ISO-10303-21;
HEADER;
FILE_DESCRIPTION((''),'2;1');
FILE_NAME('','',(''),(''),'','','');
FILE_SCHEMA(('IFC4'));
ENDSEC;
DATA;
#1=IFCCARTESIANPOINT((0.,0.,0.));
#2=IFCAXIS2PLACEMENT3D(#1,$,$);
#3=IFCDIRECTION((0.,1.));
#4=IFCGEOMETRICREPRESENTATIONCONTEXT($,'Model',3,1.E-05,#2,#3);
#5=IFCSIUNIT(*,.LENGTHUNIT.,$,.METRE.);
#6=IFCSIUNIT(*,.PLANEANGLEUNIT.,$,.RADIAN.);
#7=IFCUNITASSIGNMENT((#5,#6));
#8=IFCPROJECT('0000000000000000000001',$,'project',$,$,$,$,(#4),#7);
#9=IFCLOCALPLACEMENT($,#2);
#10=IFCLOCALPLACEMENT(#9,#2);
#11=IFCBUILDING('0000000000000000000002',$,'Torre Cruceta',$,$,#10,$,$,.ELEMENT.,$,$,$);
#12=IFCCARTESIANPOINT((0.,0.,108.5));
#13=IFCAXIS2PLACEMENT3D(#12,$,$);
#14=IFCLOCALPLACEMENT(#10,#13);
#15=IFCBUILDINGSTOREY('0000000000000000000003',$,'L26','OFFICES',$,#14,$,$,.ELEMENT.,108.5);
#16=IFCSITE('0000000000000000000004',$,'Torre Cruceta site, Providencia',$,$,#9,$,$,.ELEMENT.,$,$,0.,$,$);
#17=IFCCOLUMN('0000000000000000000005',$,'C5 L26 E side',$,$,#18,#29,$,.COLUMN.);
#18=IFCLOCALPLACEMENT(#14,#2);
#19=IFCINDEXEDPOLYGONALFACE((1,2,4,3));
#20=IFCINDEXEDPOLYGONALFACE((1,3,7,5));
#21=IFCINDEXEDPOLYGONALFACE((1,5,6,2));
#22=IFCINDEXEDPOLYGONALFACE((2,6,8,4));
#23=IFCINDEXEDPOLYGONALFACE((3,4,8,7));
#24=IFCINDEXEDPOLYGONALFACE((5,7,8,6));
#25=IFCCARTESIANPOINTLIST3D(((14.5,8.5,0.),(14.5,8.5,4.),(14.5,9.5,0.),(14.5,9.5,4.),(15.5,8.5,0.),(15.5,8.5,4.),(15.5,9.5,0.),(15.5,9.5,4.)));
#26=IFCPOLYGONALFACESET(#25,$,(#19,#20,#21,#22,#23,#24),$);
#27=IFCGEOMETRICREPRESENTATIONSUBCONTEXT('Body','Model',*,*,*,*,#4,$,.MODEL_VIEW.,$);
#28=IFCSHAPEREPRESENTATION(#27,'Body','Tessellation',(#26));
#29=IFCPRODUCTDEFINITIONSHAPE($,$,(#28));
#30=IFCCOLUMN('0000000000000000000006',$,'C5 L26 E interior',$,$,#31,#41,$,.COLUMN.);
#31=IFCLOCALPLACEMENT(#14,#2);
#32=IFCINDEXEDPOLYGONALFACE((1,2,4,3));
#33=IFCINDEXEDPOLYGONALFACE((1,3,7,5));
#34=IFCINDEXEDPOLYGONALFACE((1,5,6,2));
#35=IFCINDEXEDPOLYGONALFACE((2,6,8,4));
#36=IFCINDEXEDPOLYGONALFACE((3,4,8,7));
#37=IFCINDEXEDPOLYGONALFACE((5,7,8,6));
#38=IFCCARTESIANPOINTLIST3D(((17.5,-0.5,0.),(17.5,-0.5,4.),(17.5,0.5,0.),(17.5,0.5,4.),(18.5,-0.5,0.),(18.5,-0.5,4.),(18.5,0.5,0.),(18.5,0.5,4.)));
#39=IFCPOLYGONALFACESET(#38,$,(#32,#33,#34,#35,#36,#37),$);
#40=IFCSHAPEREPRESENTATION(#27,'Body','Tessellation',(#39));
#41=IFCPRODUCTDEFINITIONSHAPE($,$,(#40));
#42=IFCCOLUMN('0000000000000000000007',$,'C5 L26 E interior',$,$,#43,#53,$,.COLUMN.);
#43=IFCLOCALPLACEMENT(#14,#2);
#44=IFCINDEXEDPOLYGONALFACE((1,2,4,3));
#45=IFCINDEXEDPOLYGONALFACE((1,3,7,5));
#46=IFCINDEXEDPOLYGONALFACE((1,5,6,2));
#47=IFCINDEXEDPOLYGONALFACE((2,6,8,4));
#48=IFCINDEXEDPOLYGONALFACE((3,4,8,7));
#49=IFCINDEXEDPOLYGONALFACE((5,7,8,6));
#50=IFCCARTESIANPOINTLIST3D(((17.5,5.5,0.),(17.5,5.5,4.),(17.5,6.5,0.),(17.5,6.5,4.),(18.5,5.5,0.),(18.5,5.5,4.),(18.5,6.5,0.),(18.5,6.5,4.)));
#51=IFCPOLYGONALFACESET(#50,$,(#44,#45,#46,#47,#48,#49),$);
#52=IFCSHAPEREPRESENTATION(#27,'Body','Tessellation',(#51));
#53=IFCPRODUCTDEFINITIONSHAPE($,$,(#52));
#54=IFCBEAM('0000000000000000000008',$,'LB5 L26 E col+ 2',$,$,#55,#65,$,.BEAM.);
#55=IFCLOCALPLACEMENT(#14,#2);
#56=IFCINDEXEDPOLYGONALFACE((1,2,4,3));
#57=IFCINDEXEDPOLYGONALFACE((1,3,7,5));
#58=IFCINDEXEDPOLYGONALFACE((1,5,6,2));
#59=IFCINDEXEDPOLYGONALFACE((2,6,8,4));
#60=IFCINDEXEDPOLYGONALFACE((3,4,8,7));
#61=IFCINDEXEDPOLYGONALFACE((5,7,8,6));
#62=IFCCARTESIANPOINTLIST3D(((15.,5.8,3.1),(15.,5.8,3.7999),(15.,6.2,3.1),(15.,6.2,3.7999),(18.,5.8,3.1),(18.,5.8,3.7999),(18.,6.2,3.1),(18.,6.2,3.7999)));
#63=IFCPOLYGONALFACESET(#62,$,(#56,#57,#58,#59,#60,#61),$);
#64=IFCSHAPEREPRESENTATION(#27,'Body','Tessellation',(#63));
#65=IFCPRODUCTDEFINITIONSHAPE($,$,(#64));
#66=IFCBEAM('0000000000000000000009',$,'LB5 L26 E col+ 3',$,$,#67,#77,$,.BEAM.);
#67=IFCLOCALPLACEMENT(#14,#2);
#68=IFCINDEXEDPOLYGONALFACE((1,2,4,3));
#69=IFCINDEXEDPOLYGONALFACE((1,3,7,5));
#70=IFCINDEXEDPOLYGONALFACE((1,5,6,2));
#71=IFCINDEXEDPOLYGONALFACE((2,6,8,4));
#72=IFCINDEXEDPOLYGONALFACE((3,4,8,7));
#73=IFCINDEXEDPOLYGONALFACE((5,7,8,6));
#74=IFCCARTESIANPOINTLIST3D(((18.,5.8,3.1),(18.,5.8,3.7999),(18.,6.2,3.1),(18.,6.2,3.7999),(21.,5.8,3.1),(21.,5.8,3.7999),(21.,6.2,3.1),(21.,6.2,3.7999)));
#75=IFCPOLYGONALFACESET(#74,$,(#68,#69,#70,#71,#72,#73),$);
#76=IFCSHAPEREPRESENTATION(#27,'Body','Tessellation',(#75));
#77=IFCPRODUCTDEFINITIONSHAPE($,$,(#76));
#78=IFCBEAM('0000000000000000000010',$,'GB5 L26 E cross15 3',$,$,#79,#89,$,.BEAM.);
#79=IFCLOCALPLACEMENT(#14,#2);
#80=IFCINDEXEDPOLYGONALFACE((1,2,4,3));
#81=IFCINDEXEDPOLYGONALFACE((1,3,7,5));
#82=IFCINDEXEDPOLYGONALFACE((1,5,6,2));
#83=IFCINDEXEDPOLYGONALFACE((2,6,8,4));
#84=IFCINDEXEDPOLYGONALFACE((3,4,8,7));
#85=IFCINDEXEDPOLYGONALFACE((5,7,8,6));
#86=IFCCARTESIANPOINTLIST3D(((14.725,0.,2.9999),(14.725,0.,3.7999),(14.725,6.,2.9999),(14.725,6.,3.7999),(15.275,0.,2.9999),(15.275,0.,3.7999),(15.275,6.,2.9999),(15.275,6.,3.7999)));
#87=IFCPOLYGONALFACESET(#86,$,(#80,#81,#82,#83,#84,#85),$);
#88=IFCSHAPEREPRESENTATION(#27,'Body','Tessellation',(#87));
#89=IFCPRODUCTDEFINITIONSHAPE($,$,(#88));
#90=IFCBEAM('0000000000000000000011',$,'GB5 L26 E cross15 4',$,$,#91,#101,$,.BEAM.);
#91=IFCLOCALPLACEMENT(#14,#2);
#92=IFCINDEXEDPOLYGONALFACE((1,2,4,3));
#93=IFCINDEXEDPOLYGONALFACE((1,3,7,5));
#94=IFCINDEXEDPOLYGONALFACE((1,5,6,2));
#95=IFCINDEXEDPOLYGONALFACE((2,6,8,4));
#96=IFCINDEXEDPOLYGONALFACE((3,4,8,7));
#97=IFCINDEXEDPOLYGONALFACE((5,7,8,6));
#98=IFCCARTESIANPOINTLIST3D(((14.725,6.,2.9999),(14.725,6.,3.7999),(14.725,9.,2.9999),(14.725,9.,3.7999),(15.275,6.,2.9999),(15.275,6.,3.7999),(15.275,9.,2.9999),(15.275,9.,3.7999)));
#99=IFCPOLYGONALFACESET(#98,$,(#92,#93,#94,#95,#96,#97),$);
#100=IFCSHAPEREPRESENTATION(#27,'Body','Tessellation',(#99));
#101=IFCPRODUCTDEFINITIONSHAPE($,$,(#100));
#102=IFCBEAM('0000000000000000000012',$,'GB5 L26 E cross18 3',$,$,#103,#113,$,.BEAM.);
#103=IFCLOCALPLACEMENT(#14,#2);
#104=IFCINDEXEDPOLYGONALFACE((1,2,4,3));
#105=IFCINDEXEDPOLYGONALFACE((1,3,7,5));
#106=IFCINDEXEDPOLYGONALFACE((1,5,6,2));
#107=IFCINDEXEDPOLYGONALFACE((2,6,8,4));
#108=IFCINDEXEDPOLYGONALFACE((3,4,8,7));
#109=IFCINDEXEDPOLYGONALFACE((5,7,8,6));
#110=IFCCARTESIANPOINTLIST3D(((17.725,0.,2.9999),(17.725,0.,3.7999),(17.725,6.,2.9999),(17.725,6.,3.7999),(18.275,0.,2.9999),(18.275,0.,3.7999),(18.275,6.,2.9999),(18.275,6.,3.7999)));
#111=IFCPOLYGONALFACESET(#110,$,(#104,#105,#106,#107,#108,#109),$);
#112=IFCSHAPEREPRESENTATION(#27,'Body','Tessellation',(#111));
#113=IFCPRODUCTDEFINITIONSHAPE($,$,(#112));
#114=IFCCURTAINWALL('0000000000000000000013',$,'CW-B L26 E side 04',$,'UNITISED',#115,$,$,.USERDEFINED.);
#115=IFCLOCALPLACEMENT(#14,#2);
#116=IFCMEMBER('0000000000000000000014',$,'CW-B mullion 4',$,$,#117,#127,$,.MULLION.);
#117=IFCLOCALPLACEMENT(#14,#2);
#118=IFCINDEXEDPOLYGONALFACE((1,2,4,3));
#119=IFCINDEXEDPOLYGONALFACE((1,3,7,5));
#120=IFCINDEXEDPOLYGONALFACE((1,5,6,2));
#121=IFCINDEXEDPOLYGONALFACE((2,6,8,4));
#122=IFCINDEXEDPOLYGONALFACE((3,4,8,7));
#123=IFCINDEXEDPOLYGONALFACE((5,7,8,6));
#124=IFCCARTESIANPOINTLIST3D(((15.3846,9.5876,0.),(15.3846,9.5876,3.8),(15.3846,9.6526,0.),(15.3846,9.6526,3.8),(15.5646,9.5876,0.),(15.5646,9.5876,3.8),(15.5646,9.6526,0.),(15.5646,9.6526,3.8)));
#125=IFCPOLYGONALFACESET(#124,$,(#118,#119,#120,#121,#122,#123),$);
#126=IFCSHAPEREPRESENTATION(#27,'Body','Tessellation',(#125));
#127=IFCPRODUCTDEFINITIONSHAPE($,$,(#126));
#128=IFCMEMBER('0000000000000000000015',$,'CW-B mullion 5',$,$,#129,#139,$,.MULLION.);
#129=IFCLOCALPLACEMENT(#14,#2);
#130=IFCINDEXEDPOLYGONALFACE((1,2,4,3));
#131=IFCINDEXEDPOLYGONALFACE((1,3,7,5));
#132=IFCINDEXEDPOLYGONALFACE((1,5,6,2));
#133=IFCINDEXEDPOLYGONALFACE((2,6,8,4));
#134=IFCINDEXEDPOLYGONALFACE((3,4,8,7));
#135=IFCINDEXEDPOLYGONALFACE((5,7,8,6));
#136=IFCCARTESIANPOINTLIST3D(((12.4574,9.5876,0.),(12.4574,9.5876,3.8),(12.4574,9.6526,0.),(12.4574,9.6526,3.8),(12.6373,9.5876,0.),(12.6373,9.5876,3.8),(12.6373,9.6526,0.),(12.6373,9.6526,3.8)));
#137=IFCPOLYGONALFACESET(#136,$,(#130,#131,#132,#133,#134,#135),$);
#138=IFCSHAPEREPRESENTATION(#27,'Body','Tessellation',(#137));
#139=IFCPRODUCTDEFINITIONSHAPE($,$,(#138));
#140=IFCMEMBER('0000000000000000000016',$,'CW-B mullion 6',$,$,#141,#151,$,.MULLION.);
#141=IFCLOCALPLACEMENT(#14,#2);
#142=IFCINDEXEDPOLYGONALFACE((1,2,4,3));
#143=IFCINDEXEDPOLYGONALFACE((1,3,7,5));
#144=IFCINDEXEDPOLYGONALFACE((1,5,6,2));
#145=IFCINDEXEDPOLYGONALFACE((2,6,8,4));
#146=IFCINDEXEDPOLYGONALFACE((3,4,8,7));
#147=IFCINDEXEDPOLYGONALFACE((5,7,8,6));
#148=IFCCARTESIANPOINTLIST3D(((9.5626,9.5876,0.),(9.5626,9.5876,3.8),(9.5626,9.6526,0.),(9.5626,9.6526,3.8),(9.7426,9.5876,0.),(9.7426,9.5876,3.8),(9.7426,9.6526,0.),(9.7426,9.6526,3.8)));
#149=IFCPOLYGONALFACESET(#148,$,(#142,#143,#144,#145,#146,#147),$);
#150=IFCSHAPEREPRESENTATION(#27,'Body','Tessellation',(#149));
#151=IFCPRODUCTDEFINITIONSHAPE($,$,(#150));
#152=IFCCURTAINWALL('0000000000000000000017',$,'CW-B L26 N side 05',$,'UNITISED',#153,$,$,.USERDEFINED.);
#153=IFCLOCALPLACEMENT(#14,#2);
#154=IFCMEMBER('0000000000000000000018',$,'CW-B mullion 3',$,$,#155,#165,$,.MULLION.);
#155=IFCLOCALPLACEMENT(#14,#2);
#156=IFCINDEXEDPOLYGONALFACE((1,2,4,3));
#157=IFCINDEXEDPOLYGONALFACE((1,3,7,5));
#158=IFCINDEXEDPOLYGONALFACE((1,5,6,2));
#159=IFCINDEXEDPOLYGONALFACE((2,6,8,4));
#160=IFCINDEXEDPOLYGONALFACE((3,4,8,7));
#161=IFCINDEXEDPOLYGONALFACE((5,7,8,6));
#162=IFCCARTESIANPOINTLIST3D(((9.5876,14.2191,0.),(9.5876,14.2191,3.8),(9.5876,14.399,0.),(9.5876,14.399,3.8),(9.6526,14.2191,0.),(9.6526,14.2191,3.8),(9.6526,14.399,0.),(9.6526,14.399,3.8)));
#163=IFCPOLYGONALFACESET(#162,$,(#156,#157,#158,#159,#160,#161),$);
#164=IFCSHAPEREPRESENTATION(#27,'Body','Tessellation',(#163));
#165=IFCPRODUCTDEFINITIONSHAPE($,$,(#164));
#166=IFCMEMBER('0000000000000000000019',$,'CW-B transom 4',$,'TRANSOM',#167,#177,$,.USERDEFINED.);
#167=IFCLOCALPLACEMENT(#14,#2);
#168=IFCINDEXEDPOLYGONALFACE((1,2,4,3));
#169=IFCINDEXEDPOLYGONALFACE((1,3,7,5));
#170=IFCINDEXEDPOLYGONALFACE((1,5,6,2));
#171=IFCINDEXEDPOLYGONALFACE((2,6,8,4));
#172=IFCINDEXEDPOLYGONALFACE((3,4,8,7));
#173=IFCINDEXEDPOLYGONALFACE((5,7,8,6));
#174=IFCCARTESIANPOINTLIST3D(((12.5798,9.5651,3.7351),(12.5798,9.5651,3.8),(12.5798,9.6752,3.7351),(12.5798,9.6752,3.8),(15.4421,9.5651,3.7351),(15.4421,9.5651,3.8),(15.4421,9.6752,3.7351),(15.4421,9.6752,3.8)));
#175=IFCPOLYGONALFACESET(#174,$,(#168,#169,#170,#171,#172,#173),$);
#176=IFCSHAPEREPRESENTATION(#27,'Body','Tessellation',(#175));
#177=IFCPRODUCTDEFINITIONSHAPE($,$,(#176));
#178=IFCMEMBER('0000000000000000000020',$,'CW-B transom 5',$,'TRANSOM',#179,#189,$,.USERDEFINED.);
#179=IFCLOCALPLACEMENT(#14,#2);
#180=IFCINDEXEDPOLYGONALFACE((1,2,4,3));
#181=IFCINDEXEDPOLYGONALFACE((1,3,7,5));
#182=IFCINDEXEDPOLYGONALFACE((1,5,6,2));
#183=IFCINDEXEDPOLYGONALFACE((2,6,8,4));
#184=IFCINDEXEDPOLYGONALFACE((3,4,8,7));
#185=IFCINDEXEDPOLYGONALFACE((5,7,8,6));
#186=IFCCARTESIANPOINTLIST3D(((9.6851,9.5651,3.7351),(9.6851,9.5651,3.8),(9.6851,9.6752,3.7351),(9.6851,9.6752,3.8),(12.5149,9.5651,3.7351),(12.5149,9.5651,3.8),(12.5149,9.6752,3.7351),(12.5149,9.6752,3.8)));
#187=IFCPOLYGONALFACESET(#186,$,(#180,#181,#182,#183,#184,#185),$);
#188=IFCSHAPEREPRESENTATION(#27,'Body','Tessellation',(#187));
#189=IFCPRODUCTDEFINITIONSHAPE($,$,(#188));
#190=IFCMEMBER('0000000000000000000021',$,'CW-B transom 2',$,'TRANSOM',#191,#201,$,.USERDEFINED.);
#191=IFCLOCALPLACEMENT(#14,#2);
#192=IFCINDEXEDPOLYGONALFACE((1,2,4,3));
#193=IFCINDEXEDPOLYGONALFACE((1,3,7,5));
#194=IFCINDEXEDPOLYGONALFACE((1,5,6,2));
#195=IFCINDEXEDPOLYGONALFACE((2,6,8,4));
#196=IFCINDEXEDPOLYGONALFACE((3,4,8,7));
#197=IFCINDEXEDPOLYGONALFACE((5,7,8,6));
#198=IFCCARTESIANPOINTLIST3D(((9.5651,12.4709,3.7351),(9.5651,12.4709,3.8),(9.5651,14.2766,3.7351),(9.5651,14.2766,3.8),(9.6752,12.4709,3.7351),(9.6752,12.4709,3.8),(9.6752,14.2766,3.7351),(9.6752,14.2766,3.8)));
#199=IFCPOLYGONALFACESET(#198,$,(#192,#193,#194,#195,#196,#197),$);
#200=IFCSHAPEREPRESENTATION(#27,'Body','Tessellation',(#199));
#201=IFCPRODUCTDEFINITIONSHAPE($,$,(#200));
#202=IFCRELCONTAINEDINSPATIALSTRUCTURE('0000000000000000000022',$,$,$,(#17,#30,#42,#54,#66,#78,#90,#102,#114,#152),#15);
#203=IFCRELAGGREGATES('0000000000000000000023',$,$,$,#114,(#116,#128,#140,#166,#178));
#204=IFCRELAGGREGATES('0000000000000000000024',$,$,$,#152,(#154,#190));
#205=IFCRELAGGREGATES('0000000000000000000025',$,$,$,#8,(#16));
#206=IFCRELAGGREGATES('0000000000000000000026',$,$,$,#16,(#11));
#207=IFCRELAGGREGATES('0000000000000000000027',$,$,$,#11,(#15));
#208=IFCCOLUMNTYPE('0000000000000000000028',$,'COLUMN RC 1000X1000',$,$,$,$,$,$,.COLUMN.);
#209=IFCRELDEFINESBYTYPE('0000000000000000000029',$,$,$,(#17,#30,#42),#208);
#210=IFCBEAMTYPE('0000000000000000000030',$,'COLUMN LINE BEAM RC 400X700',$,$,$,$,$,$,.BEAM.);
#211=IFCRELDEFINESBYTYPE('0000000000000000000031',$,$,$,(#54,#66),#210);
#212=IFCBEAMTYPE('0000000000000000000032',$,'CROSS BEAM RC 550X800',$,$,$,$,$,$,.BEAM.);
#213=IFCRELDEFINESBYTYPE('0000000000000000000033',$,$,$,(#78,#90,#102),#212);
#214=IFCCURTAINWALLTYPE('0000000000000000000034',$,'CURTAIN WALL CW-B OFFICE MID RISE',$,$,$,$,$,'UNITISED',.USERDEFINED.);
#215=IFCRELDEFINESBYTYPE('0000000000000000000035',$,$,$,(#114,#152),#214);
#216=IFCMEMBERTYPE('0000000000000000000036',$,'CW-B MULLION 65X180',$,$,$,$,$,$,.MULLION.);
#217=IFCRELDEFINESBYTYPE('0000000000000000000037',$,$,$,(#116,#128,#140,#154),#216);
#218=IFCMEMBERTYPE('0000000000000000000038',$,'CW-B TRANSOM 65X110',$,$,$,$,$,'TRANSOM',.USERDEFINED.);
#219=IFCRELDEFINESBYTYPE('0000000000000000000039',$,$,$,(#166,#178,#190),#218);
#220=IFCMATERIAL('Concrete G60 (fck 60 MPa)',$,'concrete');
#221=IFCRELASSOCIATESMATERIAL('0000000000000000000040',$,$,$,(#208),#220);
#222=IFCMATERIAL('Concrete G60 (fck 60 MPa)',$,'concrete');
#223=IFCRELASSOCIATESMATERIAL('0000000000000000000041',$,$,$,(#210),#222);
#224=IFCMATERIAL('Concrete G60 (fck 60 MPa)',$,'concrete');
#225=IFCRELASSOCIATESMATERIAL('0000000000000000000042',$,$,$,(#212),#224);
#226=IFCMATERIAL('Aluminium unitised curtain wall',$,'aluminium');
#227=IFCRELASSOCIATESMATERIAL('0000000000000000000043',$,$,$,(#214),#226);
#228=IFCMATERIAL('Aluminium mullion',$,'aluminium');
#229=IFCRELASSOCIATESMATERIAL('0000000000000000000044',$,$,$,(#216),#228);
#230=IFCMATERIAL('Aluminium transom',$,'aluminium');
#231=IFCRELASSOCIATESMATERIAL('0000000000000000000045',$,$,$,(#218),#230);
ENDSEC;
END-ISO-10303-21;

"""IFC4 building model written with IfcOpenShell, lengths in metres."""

from ifc_helpers import new_model, si_unit, direction, frame, origin, origin_2d, place, context, subcontext, project, spatial, rectangle, extrude, material, material_profile, profile_set, type_object, element, aggregate, save


model = new_model("IFC4")

# Units and contexts
model_context = context("Model", 3, precision=1e-05, world=origin(), true_north=direction((0.0, 1.0)))
body_context = subcontext(model_context, "Body", "Model", "MODEL_VIEW")
ifc_project = project(units=[si_unit("LENGTHUNIT", "METRE"), si_unit("PLANEANGLEUNIT", "RADIAN")], contexts=[model_context])

# Site, building, storey
site_placement = place(None, origin())
site = spatial("IfcSite", under=ifc_project, at=site_placement, Name="Torre Cruceta site, Providencia", CompositionType="ELEMENT", RefElevation=0.0)
building_placement = place(site_placement, origin())
building = spatial("IfcBuilding", under=site, at=building_placement, Name="Torre Cruceta", CompositionType="ELEMENT")
storey_placement = place(building_placement, frame((0.0, 0.0, 108.5)))
storey = spatial("IfcBuildingStorey", under=building, at=storey_placement, Name="L26", Description="OFFICES", CompositionType="ELEMENT", Elevation=108.5)

# Columns
ifc_material_1 = material(Name="Concrete G60 (fck 60 MPa)", Category="concrete")
ifc_material_profile_1 = material_profile(ifc_material_1, rectangle(XDim=1.0, YDim=1.0, at=origin_2d()), Name="RC 1000X1000")
ifc_profile_set_1 = profile_set([ifc_material_profile_1], Name="Concrete G60 (fck 60 MPa)")
column_type = type_object("IfcColumnType", Name="COLUMN RC 1000X1000", PredefinedType="COLUMN", material=ifc_profile_set_1)
for number, where, z_axis, x_axis, name in (
    (1, (15.0, 9.0, 0.0), (0.0, 0.0, 1.0), (1.0, 0.0, 0.0), "C5 L26 E side"),
    (2, (18.0, 0.0, 0.0), (0.0, 0.0, 1.0), (1.0, 0.0, 0.0), "C5 L26 E interior"),
    (3, (18.0, 6.0, 0.0), (0.0, 0.0, 1.0), (1.0, 0.0, 0.0), "C5 L26 E interior"),
):
    element("IfcColumn", number, at=place(storey_placement, frame(where, z_axis=z_axis, x_axis=x_axis)), inside=storey, type_object=column_type, Name=name, PredefinedType="COLUMN", context=body_context, shape_type="SweptSolid", body=[
        extrude(rectangle(XDim=1.0, YDim=1.0, at=origin_2d()), origin(), (0.0, 0.0, 1.0), 4.0),
    ])

# Beams
ifc_material_2 = material(Name="Concrete G60 (fck 60 MPa)", Category="concrete")
ifc_material_profile_2 = material_profile(ifc_material_2, rectangle(XDim=0.3999, YDim=0.7, at=origin_2d()), Name="RC 400X700")
ifc_profile_set_2 = profile_set([ifc_material_profile_2], Name="Concrete G60 (fck 60 MPa)")
beam_type_1 = type_object("IfcBeamType", Name="COLUMN LINE BEAM RC 400X700", PredefinedType="BEAM", material=ifc_profile_set_2)
for number, where, z_axis, x_axis, name in (
    (4, (15.0, 6.0, 3.45), (1.0, 0.0, 0.0), (0.0, 1.0, 0.0), "LB5 L26 E col+ 2"),
    (5, (18.0, 6.0, 3.45), (1.0, 0.0, 0.0), (0.0, 1.0, 0.0), "LB5 L26 E col+ 3"),
):
    element("IfcBeam", number, at=place(storey_placement, frame(where, z_axis=z_axis, x_axis=x_axis)), inside=storey, type_object=beam_type_1, Name=name, PredefinedType="BEAM", context=body_context, shape_type="SweptSolid", body=[
        extrude(rectangle(XDim=0.3999, YDim=0.7, at=origin_2d()), origin(), (0.0, 0.0, 1.0), 3.0),
    ])
ifc_material_3 = material(Name="Concrete G60 (fck 60 MPa)", Category="concrete")
ifc_material_profile_3 = material_profile(ifc_material_3, rectangle(XDim=0.55, YDim=0.8, at=origin_2d()), Name="RC 550X800")
ifc_profile_set_3 = profile_set([ifc_material_profile_3], Name="Concrete G60 (fck 60 MPa)")
beam_type_2 = type_object("IfcBeamType", Name="CROSS BEAM RC 550X800", PredefinedType="BEAM", material=ifc_profile_set_3)
beam_1_placement = place(storey_placement, frame((15.0, 0.0, 3.3999), z_axis=(0.0, 1.0, 0.0), x_axis=(-1.0, 0.0, 0.0)))
element("IfcBeam", 6, at=beam_1_placement, inside=storey, type_object=beam_type_2, Name="GB5 L26 E cross15 3", PredefinedType="BEAM", context=body_context, shape_type="SweptSolid", body=[
    extrude(rectangle(XDim=0.55, YDim=0.8, at=origin_2d()), origin(), (0.0, 0.0, 1.0), 6.0),
])
beam_2_placement = place(storey_placement, frame((15.0, 6.0, 3.3999), z_axis=(0.0, 1.0, 0.0), x_axis=(-1.0, 0.0, 0.0)))
element("IfcBeam", 7, at=beam_2_placement, inside=storey, type_object=beam_type_2, Name="GB5 L26 E cross15 4", PredefinedType="BEAM", context=body_context, shape_type="SweptSolid", body=[
    extrude(rectangle(XDim=0.55, YDim=0.8, at=origin_2d()), origin(), (0.0, 0.0, 1.0), 3.0),
])
beam_3_placement = place(storey_placement, frame((18.0, 0.0, 3.3999), z_axis=(0.0, 1.0, 0.0), x_axis=(-1.0, 0.0, 0.0)))
element("IfcBeam", 8, at=beam_3_placement, inside=storey, type_object=beam_type_2, Name="GB5 L26 E cross18 3", PredefinedType="BEAM", context=body_context, shape_type="SweptSolid", body=[
    extrude(rectangle(XDim=0.55, YDim=0.8, at=origin_2d()), origin(), (0.0, 0.0, 1.0), 6.0),
])

# Curtain wall, members
ifc_material_4 = material(Name="Aluminium unitised curtain wall", Category="aluminium")
curtain_wall_type = type_object("IfcCurtainWallType", Name="CURTAIN WALL CW-B OFFICE MID RISE", ElementType="UNITISED", PredefinedType="USERDEFINED", material=ifc_material_4)
curtain_wall_1_placement = place(storey_placement, origin())
curtain_wall_1 = element("IfcCurtainWall", 9, at=curtain_wall_1_placement, inside=storey, type_object=curtain_wall_type, Name="CW-B L26 E side 04", ObjectType="UNITISED", PredefinedType="USERDEFINED")
ifc_material_5 = material(Name="Aluminium mullion", Category="aluminium")
ifc_material_profile_4 = material_profile(ifc_material_5, rectangle(XDim=0.0649, YDim=0.1799, at=origin_2d()), Name="AL 65X180")
ifc_profile_set_4 = profile_set([ifc_material_profile_4], Name="Aluminium mullion")
member_type_1 = type_object("IfcMemberType", Name="CW-B MULLION 65X180", PredefinedType="MULLION", material=ifc_profile_set_4)
member_1_placement = place(storey_placement, frame((15.4746, 9.6201, 0.0), z_axis=(0.0, 0.0, 1.0), x_axis=(0.0, -1.0, 0.0)))
member_1 = element("IfcMember", 10, at=member_1_placement, type_object=member_type_1, Name="CW-B mullion 4", PredefinedType="MULLION", context=body_context, shape_type="SweptSolid", body=[
    extrude(rectangle(XDim=0.0649, YDim=0.1799, at=origin_2d()), origin(), (0.0, 0.0, 1.0), 3.8),
])
member_2_placement = place(storey_placement, frame((12.5474, 9.6201, 0.0), z_axis=(0.0, 0.0, 1.0), x_axis=(0.0, -1.0, 0.0)))
member_2 = element("IfcMember", 11, at=member_2_placement, type_object=member_type_1, Name="CW-B mullion 5", PredefinedType="MULLION", context=body_context, shape_type="SweptSolid", body=[
    extrude(rectangle(XDim=0.0649, YDim=0.1799, at=origin_2d()), origin(), (0.0, 0.0, 1.0), 3.8),
])
member_3_placement = place(storey_placement, frame((9.6526, 9.6201, 0.0), z_axis=(0.0, 0.0, 1.0), x_axis=(0.0, -1.0, 0.0)))
member_3 = element("IfcMember", 12, at=member_3_placement, type_object=member_type_1, Name="CW-B mullion 6", PredefinedType="MULLION", context=body_context, shape_type="SweptSolid", body=[
    extrude(rectangle(XDim=0.0649, YDim=0.1799, at=origin_2d()), origin(), (0.0, 0.0, 1.0), 3.8),
])

# Curtain wall, member
curtain_wall_2_placement = place(storey_placement, origin())
curtain_wall_2 = element("IfcCurtainWall", 13, at=curtain_wall_2_placement, inside=storey, type_object=curtain_wall_type, Name="CW-B L26 N side 05", ObjectType="UNITISED", PredefinedType="USERDEFINED")
member_4_placement = place(storey_placement, frame((9.6201, 14.3091, 0.0), z_axis=(0.0, 0.0, 1.0), x_axis=(-1.0, 0.0, 0.0)))
member_4 = element("IfcMember", 14, at=member_4_placement, type_object=member_type_1, Name="CW-B mullion 3", PredefinedType="MULLION", context=body_context, shape_type="SweptSolid", body=[
    extrude(rectangle(XDim=0.0649, YDim=0.1799, at=origin_2d()), origin(), (0.0, 0.0, 1.0), 3.8),
])

# Members
ifc_material_6 = material(Name="Aluminium transom", Category="aluminium")
ifc_material_profile_5 = material_profile(ifc_material_6, rectangle(XDim=0.1101, YDim=0.0649, at=origin_2d()), Name="AL 110X65")
ifc_profile_set_5 = profile_set([ifc_material_profile_5], Name="Aluminium transom")
member_type_2 = type_object("IfcMemberType", Name="CW-B TRANSOM 65X110", ElementType="TRANSOM", PredefinedType="USERDEFINED", material=ifc_profile_set_5)
member_5_placement = place(storey_placement, frame((15.4421, 9.6201, 3.7676), z_axis=(-1.0, 0.0, 0.0), x_axis=(0.0, -1.0, 0.0)))
member_5 = element("IfcMember", 15, at=member_5_placement, type_object=member_type_2, Name="CW-B transom 4", ObjectType="TRANSOM", PredefinedType="USERDEFINED", context=body_context, shape_type="SweptSolid", body=[
    extrude(rectangle(XDim=0.1101, YDim=0.0649, at=origin_2d()), origin(), (0.0, 0.0, 1.0), 2.8623),
])
member_6_placement = place(storey_placement, frame((12.5149, 9.6201, 3.7676), z_axis=(-1.0, 0.0, 0.0), x_axis=(0.0, -1.0, 0.0)))
member_6 = element("IfcMember", 16, at=member_6_placement, type_object=member_type_2, Name="CW-B transom 5", ObjectType="TRANSOM", PredefinedType="USERDEFINED", context=body_context, shape_type="SweptSolid", body=[
    extrude(rectangle(XDim=0.1101, YDim=0.0649, at=origin_2d()), origin(), (0.0, 0.0, 1.0), 2.8298),
])
member_7_placement = place(storey_placement, frame((9.6201, 12.4709, 3.7676), z_axis=(0.0, 1.0, 0.0), x_axis=(-1.0, 0.0, 0.0)))
member_7 = element("IfcMember", 17, at=member_7_placement, type_object=member_type_2, Name="CW-B transom 2", ObjectType="TRANSOM", PredefinedType="USERDEFINED", context=body_context, shape_type="SweptSolid", body=[
    extrude(rectangle(XDim=0.1101, YDim=0.0649, at=origin_2d()), origin(), (0.0, 0.0, 1.0), 1.8057),
])

aggregate(curtain_wall_1, [member_1, member_2, member_3, member_5, member_6])
aggregate(curtain_wall_2, [member_4, member_7])

save(model, "model.ifc")
